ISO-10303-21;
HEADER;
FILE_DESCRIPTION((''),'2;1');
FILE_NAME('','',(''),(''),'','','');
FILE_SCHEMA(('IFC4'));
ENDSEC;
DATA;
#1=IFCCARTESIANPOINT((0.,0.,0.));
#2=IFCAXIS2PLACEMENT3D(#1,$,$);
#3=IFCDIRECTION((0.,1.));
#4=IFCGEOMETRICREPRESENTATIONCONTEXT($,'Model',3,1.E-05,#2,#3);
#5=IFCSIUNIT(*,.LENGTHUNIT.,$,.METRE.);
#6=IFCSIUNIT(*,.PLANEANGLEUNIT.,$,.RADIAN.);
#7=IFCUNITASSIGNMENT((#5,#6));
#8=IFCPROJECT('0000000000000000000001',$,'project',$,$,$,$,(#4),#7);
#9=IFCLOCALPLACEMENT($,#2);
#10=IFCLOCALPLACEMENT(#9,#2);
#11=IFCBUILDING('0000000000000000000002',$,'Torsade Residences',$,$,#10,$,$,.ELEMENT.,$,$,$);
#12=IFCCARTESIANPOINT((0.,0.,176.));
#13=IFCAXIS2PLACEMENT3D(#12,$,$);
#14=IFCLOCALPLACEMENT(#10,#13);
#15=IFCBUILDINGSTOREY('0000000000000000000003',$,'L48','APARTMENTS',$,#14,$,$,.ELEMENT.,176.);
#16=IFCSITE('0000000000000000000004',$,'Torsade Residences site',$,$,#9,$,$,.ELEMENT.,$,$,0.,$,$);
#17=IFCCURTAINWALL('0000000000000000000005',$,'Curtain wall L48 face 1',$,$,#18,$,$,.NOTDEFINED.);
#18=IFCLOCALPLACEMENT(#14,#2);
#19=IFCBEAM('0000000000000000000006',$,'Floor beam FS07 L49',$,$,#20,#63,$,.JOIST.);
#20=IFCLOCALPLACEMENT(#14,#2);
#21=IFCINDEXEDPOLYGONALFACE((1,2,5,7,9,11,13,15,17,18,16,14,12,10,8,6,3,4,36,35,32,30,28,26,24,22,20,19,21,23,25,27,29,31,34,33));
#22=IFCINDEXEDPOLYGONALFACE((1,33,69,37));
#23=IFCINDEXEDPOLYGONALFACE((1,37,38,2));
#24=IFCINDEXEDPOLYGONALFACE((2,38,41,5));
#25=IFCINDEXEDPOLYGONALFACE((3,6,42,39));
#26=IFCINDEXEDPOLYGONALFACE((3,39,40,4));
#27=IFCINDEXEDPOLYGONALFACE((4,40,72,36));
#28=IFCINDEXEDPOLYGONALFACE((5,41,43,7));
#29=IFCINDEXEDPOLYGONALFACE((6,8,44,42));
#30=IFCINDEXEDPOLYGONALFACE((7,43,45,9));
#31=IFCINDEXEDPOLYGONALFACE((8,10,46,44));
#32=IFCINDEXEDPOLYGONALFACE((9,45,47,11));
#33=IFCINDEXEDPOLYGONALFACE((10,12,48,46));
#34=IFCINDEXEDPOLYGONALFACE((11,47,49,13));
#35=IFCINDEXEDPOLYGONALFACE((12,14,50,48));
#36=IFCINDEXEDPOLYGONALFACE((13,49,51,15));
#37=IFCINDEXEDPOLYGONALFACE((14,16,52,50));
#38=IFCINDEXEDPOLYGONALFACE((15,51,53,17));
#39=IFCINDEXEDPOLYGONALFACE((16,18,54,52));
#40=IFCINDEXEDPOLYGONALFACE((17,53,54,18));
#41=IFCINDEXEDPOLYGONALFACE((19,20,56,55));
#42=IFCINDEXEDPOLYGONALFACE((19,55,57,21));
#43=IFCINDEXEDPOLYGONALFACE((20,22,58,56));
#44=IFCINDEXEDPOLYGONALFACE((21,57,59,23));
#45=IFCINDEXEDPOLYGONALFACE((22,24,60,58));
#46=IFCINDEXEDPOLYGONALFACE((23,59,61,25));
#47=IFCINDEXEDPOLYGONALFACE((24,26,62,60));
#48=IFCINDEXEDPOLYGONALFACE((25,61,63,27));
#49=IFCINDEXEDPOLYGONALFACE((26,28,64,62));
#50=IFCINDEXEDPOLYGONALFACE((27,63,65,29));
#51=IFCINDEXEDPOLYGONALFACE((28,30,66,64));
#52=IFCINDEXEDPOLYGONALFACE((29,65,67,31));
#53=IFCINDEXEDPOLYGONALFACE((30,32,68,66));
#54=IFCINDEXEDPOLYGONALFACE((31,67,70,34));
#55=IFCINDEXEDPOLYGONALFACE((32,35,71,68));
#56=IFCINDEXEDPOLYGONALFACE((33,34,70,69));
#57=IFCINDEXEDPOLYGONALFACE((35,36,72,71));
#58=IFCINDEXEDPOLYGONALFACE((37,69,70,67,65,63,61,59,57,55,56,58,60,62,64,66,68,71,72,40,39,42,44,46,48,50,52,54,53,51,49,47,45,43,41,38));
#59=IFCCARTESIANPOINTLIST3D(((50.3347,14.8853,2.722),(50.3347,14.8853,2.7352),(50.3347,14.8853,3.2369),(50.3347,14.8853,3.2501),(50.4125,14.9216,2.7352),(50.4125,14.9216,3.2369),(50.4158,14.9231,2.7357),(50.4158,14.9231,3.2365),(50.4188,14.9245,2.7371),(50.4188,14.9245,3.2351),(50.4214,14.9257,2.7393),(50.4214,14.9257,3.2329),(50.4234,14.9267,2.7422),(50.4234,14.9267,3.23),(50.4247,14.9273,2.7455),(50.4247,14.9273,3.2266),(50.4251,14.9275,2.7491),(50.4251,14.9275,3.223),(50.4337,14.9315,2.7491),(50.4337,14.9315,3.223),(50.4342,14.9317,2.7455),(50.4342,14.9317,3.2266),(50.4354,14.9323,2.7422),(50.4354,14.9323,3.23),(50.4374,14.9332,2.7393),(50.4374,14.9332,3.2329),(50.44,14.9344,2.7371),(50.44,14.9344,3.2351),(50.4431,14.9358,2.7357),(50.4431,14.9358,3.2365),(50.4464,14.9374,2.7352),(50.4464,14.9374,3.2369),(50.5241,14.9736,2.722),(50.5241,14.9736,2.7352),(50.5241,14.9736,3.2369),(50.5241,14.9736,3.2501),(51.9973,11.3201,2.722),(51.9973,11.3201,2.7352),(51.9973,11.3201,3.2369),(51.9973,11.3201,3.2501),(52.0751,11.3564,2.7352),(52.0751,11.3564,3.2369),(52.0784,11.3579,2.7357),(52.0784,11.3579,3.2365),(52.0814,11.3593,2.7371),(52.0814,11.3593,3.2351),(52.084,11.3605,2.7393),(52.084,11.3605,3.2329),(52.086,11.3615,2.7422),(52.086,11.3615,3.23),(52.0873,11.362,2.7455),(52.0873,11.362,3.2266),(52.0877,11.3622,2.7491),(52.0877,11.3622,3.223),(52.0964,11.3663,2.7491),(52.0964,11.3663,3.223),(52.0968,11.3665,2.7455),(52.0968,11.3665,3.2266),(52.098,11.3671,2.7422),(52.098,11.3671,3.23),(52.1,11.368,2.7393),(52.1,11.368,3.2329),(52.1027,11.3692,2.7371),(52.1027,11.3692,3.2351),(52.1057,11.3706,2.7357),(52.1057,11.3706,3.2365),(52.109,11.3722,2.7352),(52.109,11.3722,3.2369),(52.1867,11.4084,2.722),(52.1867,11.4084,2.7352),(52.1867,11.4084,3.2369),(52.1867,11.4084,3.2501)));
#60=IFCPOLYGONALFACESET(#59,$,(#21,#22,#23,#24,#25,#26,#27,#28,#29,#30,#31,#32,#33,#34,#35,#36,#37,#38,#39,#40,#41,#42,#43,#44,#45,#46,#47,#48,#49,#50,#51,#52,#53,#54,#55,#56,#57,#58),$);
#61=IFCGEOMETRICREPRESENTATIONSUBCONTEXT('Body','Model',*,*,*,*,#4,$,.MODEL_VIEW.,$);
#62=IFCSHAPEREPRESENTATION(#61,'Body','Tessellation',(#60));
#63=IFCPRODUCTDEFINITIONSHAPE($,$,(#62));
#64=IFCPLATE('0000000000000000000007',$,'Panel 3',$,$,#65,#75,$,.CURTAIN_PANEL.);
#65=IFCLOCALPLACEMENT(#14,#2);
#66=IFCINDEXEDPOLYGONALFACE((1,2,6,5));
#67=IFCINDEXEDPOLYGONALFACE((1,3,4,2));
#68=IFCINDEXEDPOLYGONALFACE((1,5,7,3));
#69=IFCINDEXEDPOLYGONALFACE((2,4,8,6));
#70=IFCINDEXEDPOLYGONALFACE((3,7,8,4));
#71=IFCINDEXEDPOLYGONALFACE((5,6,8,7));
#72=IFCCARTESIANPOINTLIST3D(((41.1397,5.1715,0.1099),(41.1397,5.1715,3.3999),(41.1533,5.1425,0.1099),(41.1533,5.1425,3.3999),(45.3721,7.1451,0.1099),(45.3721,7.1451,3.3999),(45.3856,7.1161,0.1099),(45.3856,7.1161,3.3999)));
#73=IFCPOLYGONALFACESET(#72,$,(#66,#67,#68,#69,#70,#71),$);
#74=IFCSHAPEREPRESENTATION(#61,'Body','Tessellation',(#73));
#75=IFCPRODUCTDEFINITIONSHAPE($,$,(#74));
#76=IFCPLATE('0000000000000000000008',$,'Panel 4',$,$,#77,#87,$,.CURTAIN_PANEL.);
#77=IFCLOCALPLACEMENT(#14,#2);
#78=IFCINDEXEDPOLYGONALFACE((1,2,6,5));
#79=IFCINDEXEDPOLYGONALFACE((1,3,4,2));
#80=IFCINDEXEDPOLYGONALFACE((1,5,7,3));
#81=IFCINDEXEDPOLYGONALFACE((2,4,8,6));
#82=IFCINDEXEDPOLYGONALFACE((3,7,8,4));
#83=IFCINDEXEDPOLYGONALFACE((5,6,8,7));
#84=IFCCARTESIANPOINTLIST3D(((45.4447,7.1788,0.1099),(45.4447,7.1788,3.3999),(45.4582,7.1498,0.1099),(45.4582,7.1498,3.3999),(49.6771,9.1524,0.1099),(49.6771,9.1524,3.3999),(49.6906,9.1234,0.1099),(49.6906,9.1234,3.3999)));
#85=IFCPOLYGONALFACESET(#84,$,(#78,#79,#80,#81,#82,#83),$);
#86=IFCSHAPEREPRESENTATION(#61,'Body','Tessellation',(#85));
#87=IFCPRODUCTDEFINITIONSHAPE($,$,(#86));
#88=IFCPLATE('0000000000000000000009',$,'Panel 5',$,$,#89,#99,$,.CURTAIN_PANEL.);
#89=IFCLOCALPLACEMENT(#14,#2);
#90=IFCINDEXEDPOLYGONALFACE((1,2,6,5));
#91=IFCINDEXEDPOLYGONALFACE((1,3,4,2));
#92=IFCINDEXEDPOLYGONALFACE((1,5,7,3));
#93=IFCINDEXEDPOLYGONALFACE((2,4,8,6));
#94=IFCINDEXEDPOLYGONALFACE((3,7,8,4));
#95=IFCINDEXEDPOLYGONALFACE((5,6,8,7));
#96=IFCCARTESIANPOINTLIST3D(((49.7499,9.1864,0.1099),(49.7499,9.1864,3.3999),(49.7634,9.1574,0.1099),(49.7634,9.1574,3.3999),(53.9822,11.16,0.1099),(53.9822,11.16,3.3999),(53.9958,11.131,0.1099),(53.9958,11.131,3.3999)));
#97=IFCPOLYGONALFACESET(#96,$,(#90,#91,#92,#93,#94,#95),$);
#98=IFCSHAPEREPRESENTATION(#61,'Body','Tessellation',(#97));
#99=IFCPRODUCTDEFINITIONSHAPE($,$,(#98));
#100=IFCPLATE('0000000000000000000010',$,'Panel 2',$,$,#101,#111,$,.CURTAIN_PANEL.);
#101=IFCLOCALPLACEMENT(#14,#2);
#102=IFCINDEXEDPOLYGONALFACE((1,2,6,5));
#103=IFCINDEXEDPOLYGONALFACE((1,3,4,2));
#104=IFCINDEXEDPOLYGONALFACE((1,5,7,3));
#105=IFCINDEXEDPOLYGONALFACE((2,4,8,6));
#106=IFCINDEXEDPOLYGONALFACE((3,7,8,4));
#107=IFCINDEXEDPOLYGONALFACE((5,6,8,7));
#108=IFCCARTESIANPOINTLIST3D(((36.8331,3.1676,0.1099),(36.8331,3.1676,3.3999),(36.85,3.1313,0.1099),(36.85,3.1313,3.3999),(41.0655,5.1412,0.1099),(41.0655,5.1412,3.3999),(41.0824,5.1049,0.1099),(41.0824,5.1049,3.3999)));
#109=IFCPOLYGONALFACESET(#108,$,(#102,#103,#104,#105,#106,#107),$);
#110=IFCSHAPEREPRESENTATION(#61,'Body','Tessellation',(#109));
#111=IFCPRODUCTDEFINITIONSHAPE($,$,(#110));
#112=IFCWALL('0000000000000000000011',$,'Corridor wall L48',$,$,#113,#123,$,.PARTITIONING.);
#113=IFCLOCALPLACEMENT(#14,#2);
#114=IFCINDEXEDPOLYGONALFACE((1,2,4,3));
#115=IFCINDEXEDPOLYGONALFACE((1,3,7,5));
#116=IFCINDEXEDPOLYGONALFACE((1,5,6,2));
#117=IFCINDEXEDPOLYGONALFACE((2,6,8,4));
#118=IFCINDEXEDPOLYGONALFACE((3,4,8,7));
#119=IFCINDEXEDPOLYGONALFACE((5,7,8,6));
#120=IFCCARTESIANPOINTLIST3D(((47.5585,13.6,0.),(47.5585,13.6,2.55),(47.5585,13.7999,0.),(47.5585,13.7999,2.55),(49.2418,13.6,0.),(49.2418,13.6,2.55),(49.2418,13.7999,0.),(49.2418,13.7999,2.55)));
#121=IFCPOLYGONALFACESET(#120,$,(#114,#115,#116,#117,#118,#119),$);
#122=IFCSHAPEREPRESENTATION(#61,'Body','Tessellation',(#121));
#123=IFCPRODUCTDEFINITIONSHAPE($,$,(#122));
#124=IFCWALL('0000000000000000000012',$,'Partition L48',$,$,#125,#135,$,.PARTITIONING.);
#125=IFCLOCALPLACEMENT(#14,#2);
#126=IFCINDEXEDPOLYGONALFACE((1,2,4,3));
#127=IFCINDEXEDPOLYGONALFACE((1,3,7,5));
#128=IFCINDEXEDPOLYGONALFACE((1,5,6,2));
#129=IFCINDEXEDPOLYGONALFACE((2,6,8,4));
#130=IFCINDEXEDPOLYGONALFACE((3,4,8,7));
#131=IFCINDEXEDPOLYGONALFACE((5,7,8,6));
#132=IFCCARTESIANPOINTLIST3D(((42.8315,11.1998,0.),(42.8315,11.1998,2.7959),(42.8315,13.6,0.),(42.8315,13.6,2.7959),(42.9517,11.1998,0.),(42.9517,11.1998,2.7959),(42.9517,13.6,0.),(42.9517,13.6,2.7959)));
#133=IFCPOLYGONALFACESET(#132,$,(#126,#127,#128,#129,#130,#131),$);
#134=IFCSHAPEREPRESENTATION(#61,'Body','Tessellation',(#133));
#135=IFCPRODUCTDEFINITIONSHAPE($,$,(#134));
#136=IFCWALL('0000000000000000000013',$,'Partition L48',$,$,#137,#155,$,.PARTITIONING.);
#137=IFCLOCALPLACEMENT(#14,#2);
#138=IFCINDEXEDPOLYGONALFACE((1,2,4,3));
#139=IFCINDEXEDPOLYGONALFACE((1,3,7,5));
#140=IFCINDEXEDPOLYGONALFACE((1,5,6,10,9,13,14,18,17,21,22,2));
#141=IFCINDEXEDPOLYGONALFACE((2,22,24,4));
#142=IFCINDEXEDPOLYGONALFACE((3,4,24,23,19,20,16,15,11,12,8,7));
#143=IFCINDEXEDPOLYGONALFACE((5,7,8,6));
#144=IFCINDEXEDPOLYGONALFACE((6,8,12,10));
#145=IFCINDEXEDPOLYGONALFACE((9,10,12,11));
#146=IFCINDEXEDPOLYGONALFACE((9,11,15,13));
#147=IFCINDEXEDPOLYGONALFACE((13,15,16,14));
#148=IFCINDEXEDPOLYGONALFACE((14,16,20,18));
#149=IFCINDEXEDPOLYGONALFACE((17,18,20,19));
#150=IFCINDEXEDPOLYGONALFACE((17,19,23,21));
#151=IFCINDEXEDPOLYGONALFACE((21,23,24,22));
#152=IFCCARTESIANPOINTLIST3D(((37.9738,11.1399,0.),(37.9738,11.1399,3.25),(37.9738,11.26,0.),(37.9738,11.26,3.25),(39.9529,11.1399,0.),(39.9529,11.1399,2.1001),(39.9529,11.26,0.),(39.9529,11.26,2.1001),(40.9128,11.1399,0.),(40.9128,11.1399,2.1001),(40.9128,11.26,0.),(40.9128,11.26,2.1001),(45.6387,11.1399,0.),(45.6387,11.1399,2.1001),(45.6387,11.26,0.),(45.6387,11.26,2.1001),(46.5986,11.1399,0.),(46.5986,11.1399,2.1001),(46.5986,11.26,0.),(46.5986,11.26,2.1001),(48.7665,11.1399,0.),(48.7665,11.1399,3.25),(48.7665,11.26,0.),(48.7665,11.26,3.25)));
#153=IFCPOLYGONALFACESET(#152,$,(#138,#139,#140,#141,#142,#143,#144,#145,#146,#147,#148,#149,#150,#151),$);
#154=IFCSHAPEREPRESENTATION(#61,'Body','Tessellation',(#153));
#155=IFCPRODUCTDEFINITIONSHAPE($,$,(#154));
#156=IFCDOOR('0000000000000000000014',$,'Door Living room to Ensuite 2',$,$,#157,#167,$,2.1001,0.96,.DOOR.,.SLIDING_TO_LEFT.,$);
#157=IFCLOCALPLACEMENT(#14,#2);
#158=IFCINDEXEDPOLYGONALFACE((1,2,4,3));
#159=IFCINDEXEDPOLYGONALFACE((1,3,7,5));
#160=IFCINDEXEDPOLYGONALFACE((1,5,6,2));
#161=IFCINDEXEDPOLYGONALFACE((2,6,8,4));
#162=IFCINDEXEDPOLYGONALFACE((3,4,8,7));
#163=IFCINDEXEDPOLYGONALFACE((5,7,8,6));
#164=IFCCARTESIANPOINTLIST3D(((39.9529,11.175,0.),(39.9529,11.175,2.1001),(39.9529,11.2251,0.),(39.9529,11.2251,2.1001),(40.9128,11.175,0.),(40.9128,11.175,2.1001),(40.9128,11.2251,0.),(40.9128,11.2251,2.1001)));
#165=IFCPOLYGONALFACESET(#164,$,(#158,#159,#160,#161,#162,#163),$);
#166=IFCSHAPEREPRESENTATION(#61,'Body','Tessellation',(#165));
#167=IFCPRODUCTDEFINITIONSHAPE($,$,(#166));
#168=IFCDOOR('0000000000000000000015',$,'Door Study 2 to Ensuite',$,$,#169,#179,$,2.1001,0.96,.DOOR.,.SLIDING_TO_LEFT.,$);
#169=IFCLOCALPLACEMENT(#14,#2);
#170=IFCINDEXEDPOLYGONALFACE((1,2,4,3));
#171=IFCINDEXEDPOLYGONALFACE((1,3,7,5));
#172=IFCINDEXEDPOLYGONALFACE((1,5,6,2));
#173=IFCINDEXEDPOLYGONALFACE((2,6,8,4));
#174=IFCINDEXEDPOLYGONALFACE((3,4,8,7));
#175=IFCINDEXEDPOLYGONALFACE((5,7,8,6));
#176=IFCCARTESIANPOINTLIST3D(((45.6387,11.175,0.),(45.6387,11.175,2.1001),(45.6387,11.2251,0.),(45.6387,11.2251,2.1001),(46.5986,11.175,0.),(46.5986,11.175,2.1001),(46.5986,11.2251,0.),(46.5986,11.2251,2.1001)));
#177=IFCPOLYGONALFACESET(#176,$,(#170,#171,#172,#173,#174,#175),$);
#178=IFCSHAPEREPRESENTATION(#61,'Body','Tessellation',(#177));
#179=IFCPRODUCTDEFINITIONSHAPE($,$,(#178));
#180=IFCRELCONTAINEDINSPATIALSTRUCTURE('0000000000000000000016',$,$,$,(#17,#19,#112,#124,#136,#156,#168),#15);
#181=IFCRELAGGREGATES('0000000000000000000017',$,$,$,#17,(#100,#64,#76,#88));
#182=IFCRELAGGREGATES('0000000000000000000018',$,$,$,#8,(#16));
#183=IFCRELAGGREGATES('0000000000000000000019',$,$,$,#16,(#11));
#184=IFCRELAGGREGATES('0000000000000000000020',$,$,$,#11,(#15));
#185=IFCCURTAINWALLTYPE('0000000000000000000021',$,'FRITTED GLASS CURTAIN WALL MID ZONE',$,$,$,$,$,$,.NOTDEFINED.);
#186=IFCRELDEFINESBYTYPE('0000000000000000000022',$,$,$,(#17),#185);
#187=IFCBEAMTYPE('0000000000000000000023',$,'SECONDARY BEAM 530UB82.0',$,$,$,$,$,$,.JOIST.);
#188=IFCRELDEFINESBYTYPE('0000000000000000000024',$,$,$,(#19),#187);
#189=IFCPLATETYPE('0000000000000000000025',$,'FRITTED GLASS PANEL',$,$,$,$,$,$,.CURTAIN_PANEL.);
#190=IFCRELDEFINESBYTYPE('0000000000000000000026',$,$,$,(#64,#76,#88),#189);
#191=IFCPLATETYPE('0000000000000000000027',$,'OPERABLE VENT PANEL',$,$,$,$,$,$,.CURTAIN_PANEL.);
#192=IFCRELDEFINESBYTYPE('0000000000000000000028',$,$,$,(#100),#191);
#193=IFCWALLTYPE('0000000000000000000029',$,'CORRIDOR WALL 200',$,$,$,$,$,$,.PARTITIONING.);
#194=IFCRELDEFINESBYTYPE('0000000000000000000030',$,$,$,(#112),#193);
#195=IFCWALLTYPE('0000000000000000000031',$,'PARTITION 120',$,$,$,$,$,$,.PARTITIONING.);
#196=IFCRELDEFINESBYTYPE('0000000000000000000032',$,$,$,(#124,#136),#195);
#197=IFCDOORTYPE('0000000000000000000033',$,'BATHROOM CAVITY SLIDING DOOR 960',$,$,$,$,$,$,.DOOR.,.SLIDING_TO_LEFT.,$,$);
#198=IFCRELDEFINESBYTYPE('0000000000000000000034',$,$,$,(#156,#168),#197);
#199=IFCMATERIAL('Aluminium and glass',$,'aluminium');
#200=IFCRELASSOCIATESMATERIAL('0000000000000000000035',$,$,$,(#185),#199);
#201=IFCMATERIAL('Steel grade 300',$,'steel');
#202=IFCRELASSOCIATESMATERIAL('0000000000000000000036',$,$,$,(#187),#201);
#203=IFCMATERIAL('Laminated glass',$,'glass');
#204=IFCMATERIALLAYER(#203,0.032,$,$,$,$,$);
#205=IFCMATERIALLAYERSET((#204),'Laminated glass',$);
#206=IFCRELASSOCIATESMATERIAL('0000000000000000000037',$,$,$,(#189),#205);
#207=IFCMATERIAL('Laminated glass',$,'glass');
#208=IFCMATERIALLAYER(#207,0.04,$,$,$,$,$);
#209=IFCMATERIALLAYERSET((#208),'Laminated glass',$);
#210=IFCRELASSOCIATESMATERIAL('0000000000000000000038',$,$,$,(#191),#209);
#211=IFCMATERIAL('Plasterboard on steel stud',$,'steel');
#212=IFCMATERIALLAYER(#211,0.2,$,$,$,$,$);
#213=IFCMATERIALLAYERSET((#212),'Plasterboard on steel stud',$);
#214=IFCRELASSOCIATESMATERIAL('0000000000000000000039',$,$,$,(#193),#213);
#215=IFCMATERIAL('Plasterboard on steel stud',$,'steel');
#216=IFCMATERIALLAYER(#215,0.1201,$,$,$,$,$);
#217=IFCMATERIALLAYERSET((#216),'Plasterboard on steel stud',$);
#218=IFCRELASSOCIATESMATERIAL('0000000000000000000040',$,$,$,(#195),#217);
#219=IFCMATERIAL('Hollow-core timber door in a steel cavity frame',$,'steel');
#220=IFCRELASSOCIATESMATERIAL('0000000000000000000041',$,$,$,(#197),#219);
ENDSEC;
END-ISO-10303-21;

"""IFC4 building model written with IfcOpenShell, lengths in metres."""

from ifc_helpers import new_model, si_unit, direction, frame, frame_2d, origin, origin_2d, place, context, subcontext, project, spatial, rectangle, i_section, extrude, material, layer, layer_set, material_profile, profile_set, type_object, element, fill, aggregate, save


model = new_model("IFC4")

# Units and contexts
model_context = context("Model", 3, precision=1e-05, world=origin(), true_north=direction((0.0, 1.0)))
body_context = subcontext(model_context, "Body", "Model", "MODEL_VIEW")
ifc_project = project(units=[si_unit("LENGTHUNIT", "METRE"), si_unit("PLANEANGLEUNIT", "RADIAN")], contexts=[model_context])

# Site, building, storey
site_placement = place(None, origin())
site = spatial("IfcSite", under=ifc_project, at=site_placement, Name="Torsade Residences site", CompositionType="ELEMENT", RefElevation=0.0)
building_placement = place(site_placement, origin())
building = spatial("IfcBuilding", under=site, at=building_placement, Name="Torsade Residences", CompositionType="ELEMENT")
storey_placement = place(building_placement, frame((0.0, 0.0, 176.0)))
storey = spatial("IfcBuildingStorey", under=building, at=storey_placement, Name="L48", Description="APARTMENTS", CompositionType="ELEMENT", Elevation=176.0)

# Curtain wall
ifc_material_1 = material(Name="Aluminium and glass", Category="aluminium")
curtain_wall_type = type_object("IfcCurtainWallType", Name="FRITTED GLASS CURTAIN WALL MID ZONE", PredefinedType="NOTDEFINED", material=ifc_material_1)
curtain_wall_placement = place(storey_placement, origin())
curtain_wall = element("IfcCurtainWall", 1, at=curtain_wall_placement, inside=storey, type_object=curtain_wall_type, Name="Curtain wall L48 face 1", PredefinedType="NOTDEFINED")

# Beam
ifc_material_2 = material(Name="Steel grade 300", Category="steel")
ifc_material_profile_1 = material_profile(ifc_material_2, i_section(OverallWidth=0.209, OverallDepth=0.5281, WebThickness=0.0095, FlangeThickness=0.0132, FilletRadius=0.0139, at=origin_2d()), Name="530UB82.0")
ifc_profile_set_1 = profile_set([ifc_material_profile_1], Name="Steel grade 300")
beam_type_1 = type_object("IfcBeamType", Name="SECONDARY BEAM 530UB82.0", PredefinedType="JOIST", material=ifc_profile_set_1)
beam_1_placement = place(storey_placement, frame((52.092, 11.3643, 2.9861), z_axis=(-0.422644, 0.906296, 0.0), x_axis=(-0.906296, -0.422644, 0.0)))
element("IfcBeam", 2, at=beam_1_placement, inside=storey, type_object=beam_type_1, Name="Floor beam FS07 L49", PredefinedType="JOIST", context=body_context, shape_type="SweptSolid", body=[
    extrude(i_section(OverallWidth=0.209, OverallDepth=0.5281, WebThickness=0.0095, FlangeThickness=0.0132, FilletRadius=0.0139, at=origin_2d()), origin(), (0.0, 0.0, 1.0), 3.9338),
])

# Plates
ifc_material_3 = material(Name="Laminated glass", Category="glass")
ifc_layer_1 = layer(ifc_material_3, 0.032)
ifc_layer_set_1 = layer_set([ifc_layer_1], Name="Laminated glass")
plate_type_1 = type_object("IfcPlateType", Name="FRITTED GLASS PANEL", PredefinedType="CURTAIN_PANEL", material=ifc_layer_set_1)
plate_1_placement = place(storey_placement, frame((43.2627, 6.1438, 0.1099), z_axis=(0.0, 0.0, 1.0), x_axis=(0.906308, 0.422618, 0.0)))
plate_1 = element("IfcPlate", 3, at=plate_1_placement, type_object=plate_type_1, Name="Panel 3", PredefinedType="CURTAIN_PANEL", context=body_context, shape_type="SweptSolid", body=[
    extrude(rectangle(XDim=4.6699, YDim=0.032, at=origin_2d()), origin(), (0.0, 0.0, 1.0), 3.29),
])
plate_2_placement = place(storey_placement, frame((47.5676, 8.1511, 0.1099), z_axis=(0.0, 0.0, 1.0), x_axis=(0.906308, 0.422618, 0.0)))
plate_2 = element("IfcPlate", 4, at=plate_2_placement, type_object=plate_type_1, Name="Panel 4", PredefinedType="CURTAIN_PANEL", context=body_context, shape_type="SweptSolid", body=[
    extrude(rectangle(XDim=4.6699, YDim=0.032, at=origin_2d()), origin(), (0.0, 0.0, 1.0), 3.29),
])
plate_3_placement = place(storey_placement, frame((51.8728, 10.1587, 0.1099), z_axis=(0.0, 0.0, 1.0), x_axis=(0.906308, 0.422618, 0.0)))
plate_3 = element("IfcPlate", 5, at=plate_3_placement, type_object=plate_type_1, Name="Panel 5", PredefinedType="CURTAIN_PANEL", context=body_context, shape_type="SweptSolid", body=[
    extrude(rectangle(XDim=4.6699, YDim=0.032, at=origin_2d()), origin(), (0.0, 0.0, 1.0), 3.29),
])
ifc_material_4 = material(Name="Laminated glass", Category="glass")
ifc_layer_2 = layer(ifc_material_4, 0.04)
ifc_layer_set_2 = layer_set([ifc_layer_2], Name="Laminated glass")
plate_type_2 = type_object("IfcPlateType", Name="OPERABLE VENT PANEL", PredefinedType="CURTAIN_PANEL", material=ifc_layer_set_2)
plate_4_placement = place(storey_placement, frame((38.9578, 4.1362, 0.1099), z_axis=(0.0, 0.0, 1.0), x_axis=(0.906308, 0.422618, 0.0)))
plate_4 = element("IfcPlate", 6, at=plate_4_placement, type_object=plate_type_2, Name="Panel 2", PredefinedType="CURTAIN_PANEL", context=body_context, shape_type="SweptSolid", body=[
    extrude(rectangle(XDim=4.6699, YDim=0.04, at=origin_2d()), origin(), (0.0, 0.0, 1.0), 3.29),
])
aggregate(curtain_wall, [plate_4, plate_1, plate_2, plate_3])

# Walls
ifc_material_5 = material(Name="Plasterboard on steel stud", Category="steel")
ifc_layer_3 = layer(ifc_material_5, 0.2)
ifc_layer_set_3 = layer_set([ifc_layer_3], Name="Plasterboard on steel stud")
wall_type_1 = type_object("IfcWallType", Name="CORRIDOR WALL 200", PredefinedType="PARTITIONING", material=ifc_layer_set_3)
wall_1_placement = place(storey_placement, frame((47.5583, 13.7, 0.0), z_axis=(0.0, 0.0, 1.0), x_axis=(1.0, 0.0, 0.0)))
element("IfcWall", 7, at=wall_1_placement, inside=storey, type_object=wall_type_1, Name="Corridor wall L48", PredefinedType="PARTITIONING", context=body_context, shape_type="SweptSolid", body=[
    extrude(rectangle(XDim=1.6833, YDim=0.2, at=frame_2d((0.8418, 0.0))), origin(), (0.0, 0.0, 1.0), 2.55),
])
ifc_material_6 = material(Name="Plasterboard on steel stud", Category="steel")
ifc_layer_4 = layer(ifc_material_6, 0.1201)
ifc_layer_set_4 = layer_set([ifc_layer_4], Name="Plasterboard on steel stud")
wall_type_2 = type_object("IfcWallType", Name="PARTITION 120", PredefinedType="PARTITIONING", material=ifc_layer_set_4)
wall_2_placement = place(storey_placement, frame((42.8916, 13.6001, 0.0), z_axis=(0.0, 0.0, 1.0), x_axis=(0.0, -1.0, 0.0)))
element("IfcWall", 8, at=wall_2_placement, inside=storey, type_object=wall_type_2, Name="Partition L48", PredefinedType="PARTITIONING", context=body_context, shape_type="SweptSolid", body=[
    extrude(rectangle(XDim=2.4001, YDim=0.1201, at=frame_2d((1.2002, 0.0))), origin(), (0.0, 0.0, 1.0), 2.7959),
])

# Wall, openings, doors
wall_3_placement = place(storey_placement, frame((48.7666, 11.2, 0.0), z_axis=(0.0, 0.0, 1.0), x_axis=(-1.0, 0.0, 0.0)))
wall_3 = element("IfcWall", 9, at=wall_3_placement, inside=storey, type_object=wall_type_2, Name="Partition L48", PredefinedType="PARTITIONING", context=body_context, shape_type="SweptSolid", body=[
    extrude(rectangle(XDim=10.7927, YDim=0.1201, at=frame_2d((5.3965, 0.0))), origin(), (0.0, 0.0, 1.0), 3.25),
])
opening_1_placement = place(wall_3_placement, frame((7.8538, 0.0, 0.0)))
opening_1 = element("IfcOpeningElement", 10, at=opening_1_placement, cuts=wall_3, PredefinedType="OPENING", context=body_context, shape_type="SweptSolid", body=[
    extrude(rectangle(XDim=0.96, YDim=2.1001, at=frame_2d((0.48, 1.05))), frame((0.0, 0.0701, 0.0), z_axis=(0.0, -1.0, 0.0), x_axis=(1.0, 0.0, 0.0)), (0.0, 0.0, 1.0), 0.1401),
])
opening_2_placement = place(wall_3_placement, frame((2.168, 0.0, 0.0)))
opening_2 = element("IfcOpeningElement", 11, at=opening_2_placement, cuts=wall_3, PredefinedType="OPENING", context=body_context, shape_type="SweptSolid", body=[
    extrude(rectangle(XDim=0.96, YDim=2.1001, at=frame_2d((0.48, 1.05))), frame((0.0, 0.0701, 0.0), z_axis=(0.0, -1.0, 0.0), x_axis=(1.0, 0.0, 0.0)), (0.0, 0.0, 1.0), 0.1401),
])
ifc_material_7 = material(Name="Hollow-core timber door in a steel cavity frame", Category="steel")
door_type_1 = type_object("IfcDoorType", Name="BATHROOM CAVITY SLIDING DOOR 960", OperationType="SLIDING_TO_LEFT", PredefinedType="DOOR", material=ifc_material_7)
door_1_placement = place(opening_1_placement, origin())
door_1 = element("IfcDoor", 12, at=door_1_placement, inside=storey, type_object=door_type_1, Name="Door Living room to Ensuite 2", OperationType="SLIDING_TO_LEFT", OverallHeight=2.1001, OverallWidth=0.96, PredefinedType="DOOR", context=body_context, shape_type="SweptSolid", body=[
    extrude(rectangle(XDim=0.96, YDim=2.1001, at=frame_2d((0.48, 1.05))), frame((0.0, 0.0249, 0.0), z_axis=(0.0, -1.0, 0.0), x_axis=(1.0, 0.0, 0.0)), (0.0, 0.0, 1.0), 0.05),
])
fill(opening_1, door_1)
door_2_placement = place(opening_2_placement, origin())
door_2 = element("IfcDoor", 13, at=door_2_placement, inside=storey, type_object=door_type_1, Name="Door Study 2 to Ensuite", OperationType="SLIDING_TO_LEFT", OverallHeight=2.1001, OverallWidth=0.96, PredefinedType="DOOR", context=body_context, shape_type="SweptSolid", body=[
    extrude(rectangle(XDim=0.96, YDim=2.1001, at=frame_2d((0.48, 1.05))), frame((0.0, 0.0249, 0.0), z_axis=(0.0, -1.0, 0.0), x_axis=(1.0, 0.0, 0.0)), (0.0, 0.0, 1.0), 0.05),
])
fill(opening_2, door_2)

save(model, "model.ifc")
